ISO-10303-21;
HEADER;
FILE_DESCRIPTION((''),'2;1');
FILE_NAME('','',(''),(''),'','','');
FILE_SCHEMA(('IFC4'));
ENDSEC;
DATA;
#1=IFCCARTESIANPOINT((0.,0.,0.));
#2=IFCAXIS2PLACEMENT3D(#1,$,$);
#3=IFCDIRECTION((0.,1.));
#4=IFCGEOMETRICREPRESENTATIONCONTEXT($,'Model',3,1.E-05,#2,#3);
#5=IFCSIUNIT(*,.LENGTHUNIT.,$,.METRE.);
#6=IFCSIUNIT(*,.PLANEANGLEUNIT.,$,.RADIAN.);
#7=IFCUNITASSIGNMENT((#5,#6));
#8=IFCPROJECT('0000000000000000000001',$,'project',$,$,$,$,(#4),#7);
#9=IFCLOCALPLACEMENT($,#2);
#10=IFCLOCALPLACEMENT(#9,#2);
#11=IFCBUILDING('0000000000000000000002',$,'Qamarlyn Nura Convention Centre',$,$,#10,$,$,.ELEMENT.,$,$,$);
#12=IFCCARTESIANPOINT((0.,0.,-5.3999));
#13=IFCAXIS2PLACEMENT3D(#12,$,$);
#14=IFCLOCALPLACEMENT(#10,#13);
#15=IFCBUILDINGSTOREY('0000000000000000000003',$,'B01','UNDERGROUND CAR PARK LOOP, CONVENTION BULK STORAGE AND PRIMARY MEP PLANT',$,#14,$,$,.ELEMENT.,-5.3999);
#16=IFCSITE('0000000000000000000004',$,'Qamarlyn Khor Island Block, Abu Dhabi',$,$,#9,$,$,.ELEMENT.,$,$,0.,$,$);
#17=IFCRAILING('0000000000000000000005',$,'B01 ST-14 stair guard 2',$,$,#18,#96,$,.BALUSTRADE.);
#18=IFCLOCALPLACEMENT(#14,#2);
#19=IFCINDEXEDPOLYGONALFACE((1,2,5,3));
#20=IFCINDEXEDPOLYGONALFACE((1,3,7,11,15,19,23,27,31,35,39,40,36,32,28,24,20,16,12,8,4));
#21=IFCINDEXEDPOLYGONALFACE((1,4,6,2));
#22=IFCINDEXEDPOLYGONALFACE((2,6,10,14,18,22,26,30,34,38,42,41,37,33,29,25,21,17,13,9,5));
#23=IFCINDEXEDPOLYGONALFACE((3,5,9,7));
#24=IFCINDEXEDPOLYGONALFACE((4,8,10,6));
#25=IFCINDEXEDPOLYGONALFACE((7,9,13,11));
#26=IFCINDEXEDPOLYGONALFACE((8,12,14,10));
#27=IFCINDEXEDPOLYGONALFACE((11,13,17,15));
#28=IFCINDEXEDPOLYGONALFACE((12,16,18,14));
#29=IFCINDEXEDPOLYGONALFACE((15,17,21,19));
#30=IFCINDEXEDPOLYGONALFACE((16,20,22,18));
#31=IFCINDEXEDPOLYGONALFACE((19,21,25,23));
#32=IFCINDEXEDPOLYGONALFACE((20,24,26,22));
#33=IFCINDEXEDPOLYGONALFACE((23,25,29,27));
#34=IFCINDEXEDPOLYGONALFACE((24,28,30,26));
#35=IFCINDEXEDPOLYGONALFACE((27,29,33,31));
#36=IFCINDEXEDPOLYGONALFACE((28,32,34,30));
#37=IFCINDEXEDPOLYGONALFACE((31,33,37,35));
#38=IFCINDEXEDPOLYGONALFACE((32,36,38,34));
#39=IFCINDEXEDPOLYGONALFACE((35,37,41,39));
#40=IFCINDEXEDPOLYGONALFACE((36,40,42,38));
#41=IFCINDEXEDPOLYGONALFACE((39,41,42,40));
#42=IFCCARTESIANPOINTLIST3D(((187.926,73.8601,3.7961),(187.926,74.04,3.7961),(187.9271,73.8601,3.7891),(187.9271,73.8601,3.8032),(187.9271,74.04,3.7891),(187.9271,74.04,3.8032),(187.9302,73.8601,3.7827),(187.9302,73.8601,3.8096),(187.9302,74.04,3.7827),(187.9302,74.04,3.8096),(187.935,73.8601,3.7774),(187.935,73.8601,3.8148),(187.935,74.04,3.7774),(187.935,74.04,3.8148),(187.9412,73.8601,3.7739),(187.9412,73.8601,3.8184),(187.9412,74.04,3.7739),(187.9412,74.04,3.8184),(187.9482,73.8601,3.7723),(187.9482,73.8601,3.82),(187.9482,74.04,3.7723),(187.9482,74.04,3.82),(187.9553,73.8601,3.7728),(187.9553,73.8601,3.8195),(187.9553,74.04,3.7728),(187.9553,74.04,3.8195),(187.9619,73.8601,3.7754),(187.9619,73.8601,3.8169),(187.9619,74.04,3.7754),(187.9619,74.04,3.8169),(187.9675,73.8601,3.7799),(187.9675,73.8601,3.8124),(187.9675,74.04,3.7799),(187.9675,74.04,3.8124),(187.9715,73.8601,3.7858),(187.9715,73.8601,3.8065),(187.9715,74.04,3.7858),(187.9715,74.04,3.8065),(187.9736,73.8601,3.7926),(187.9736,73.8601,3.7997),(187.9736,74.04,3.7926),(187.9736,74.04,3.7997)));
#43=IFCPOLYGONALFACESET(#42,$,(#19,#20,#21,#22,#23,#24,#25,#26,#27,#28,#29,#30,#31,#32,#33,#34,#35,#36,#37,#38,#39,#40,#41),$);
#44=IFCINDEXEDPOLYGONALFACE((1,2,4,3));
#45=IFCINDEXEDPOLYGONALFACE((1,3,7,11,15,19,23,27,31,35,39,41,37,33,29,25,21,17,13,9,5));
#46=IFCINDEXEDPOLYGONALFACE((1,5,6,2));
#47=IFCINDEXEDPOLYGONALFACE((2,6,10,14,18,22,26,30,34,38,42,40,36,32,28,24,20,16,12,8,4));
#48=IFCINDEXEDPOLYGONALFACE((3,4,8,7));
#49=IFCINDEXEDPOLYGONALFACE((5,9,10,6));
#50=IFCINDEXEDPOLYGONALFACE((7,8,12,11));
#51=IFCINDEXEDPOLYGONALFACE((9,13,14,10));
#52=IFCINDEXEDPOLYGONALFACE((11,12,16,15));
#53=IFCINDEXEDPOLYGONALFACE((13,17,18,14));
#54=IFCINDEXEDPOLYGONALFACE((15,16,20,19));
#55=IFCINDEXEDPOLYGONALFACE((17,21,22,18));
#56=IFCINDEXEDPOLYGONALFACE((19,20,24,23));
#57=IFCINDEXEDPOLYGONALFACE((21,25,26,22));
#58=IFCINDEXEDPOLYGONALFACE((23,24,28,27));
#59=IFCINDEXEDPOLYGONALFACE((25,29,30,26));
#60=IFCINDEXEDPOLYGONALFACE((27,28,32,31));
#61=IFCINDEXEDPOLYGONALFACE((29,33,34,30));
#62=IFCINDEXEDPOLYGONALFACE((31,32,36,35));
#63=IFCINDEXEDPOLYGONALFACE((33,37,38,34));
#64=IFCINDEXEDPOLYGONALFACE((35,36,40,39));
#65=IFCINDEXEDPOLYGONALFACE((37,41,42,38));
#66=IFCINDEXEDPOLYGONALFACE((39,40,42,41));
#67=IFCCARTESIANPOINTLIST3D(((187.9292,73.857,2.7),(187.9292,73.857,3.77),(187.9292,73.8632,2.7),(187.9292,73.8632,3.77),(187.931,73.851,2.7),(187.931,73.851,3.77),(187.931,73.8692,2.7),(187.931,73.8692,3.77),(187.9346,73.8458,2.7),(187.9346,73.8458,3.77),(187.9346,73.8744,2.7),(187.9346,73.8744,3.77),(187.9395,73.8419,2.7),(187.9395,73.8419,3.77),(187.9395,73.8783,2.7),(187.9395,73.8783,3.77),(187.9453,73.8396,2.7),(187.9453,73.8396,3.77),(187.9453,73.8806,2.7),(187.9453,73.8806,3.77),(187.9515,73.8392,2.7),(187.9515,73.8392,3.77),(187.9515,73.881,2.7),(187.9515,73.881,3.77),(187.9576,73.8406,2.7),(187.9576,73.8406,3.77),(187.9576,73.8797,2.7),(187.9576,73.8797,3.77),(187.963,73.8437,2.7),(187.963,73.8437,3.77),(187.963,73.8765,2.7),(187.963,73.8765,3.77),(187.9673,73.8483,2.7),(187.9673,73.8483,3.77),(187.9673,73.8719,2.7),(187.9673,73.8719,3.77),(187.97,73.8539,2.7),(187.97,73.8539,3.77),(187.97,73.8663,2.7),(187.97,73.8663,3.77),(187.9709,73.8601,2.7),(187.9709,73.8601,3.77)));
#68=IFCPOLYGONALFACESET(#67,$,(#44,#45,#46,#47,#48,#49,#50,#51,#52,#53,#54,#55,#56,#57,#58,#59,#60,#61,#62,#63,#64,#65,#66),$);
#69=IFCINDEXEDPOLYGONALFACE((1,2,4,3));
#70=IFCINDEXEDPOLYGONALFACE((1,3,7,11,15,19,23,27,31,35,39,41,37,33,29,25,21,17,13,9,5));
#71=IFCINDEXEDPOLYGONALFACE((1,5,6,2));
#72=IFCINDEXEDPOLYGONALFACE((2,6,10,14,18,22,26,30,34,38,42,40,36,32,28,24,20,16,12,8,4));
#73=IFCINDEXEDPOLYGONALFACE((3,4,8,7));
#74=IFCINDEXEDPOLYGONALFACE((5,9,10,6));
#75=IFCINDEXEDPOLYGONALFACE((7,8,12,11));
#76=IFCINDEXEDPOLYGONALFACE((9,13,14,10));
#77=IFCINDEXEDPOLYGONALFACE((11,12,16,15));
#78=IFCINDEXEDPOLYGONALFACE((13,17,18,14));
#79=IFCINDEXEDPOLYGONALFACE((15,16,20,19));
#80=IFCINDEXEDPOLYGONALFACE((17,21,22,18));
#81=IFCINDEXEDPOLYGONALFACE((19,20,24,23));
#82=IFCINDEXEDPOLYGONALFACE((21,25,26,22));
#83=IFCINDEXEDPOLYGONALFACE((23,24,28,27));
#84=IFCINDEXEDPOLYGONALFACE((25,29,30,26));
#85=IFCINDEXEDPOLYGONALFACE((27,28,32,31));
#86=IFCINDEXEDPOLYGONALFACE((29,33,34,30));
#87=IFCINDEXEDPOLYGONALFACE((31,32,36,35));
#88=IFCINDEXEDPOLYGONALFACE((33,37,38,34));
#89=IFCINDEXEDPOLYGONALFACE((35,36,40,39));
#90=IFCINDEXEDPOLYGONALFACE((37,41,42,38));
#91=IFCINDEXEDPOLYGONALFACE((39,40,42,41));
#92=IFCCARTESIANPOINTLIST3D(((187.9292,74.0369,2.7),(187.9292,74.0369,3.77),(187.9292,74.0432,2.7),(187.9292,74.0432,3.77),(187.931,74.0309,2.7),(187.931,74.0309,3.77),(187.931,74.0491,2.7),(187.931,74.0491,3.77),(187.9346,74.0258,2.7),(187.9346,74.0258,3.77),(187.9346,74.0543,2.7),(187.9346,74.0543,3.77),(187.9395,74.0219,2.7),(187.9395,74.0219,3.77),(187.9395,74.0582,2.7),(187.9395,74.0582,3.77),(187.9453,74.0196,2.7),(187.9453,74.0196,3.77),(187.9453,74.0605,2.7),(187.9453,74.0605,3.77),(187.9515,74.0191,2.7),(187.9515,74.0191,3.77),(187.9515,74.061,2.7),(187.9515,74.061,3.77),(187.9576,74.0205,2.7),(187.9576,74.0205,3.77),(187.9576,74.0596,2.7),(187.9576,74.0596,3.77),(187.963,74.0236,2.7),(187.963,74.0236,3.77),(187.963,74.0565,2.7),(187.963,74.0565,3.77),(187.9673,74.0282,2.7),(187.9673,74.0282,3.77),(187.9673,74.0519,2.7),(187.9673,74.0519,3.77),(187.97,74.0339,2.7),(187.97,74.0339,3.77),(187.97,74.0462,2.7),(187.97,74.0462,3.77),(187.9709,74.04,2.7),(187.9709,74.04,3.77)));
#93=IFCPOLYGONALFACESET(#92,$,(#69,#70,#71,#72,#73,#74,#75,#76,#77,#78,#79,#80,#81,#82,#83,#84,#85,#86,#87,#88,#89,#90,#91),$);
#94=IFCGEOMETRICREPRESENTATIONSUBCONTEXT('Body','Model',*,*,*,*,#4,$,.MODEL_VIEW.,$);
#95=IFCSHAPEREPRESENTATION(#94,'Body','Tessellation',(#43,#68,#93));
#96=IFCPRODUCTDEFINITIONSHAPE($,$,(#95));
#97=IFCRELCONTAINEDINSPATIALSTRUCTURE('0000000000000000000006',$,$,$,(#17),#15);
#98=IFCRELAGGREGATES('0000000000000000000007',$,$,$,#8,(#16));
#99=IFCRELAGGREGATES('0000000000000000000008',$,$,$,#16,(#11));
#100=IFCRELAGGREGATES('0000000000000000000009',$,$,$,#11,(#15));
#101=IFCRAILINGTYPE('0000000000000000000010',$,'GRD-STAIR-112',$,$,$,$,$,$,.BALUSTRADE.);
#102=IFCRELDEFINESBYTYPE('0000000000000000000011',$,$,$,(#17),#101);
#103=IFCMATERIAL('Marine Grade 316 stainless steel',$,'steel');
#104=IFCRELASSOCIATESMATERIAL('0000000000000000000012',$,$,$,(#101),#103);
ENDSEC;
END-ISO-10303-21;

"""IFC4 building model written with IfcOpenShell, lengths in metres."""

from ifc_helpers import new_model, si_unit, direction, frame, origin, origin_2d, place, context, subcontext, project, spatial, circle, extrude, material, type_object, element, save


model = new_model("IFC4")

# Units and contexts
model_context = context("Model", 3, precision=1e-05, world=origin(), true_north=direction((0.0, 1.0)))
body_context = subcontext(model_context, "Body", "Model", "MODEL_VIEW")
ifc_project = project(units=[si_unit("LENGTHUNIT", "METRE"), si_unit("PLANEANGLEUNIT", "RADIAN")], contexts=[model_context])

# Site, building, storey
site_placement = place(None, origin())
site = spatial("IfcSite", under=ifc_project, at=site_placement, Name="Qamarlyn Khor Island Block, Abu Dhabi", CompositionType="ELEMENT", RefElevation=0.0)
building_placement = place(site_placement, origin())
building = spatial("IfcBuilding", under=site, at=building_placement, Name="Qamarlyn Nura Convention Centre", CompositionType="ELEMENT")
storey_placement = place(building_placement, frame((0.0, 0.0, -5.3999)))
storey = spatial("IfcBuildingStorey", under=building, at=storey_placement, Name="B01", Description="UNDERGROUND CAR PARK LOOP, CONVENTION BULK STORAGE AND PRIMARY MEP PLANT", CompositionType="ELEMENT", Elevation=-5.3999)

# Railing
ifc_material_1 = material(Name="Marine Grade 316 stainless steel", Category="steel")
railing_type_1 = type_object("IfcRailingType", Name="GRD-STAIR-112", PredefinedType="BALUSTRADE", material=ifc_material_1)
railing_1_placement = place(storey_placement, frame((187.95, 73.8601, 2.7)))
element("IfcRailing", 1, at=railing_1_placement, inside=storey, type_object=railing_type_1, Name="B01 ST-14 stair guard 2", PredefinedType="BALUSTRADE", context=body_context, shape_type="SweptSolid", body=[
    extrude(circle(Radius=0.0239, at=origin_2d()), frame((0.0, 0.0, 1.0962), z_axis=(0.0, 1.0, 0.0), x_axis=(-1.0, 0.0, 0.0)), (0.0, 0.0, 1.0), 0.1799),
    extrude(circle(Radius=0.021, at=origin_2d()), origin(), (0.0, 0.0, 1.0), 1.0701),
    extrude(circle(Radius=0.021, at=origin_2d()), frame((0.0, 0.1799, 0.0)), (0.0, 0.0, 1.0), 1.0701),
])

save(model, "model.ifc")
